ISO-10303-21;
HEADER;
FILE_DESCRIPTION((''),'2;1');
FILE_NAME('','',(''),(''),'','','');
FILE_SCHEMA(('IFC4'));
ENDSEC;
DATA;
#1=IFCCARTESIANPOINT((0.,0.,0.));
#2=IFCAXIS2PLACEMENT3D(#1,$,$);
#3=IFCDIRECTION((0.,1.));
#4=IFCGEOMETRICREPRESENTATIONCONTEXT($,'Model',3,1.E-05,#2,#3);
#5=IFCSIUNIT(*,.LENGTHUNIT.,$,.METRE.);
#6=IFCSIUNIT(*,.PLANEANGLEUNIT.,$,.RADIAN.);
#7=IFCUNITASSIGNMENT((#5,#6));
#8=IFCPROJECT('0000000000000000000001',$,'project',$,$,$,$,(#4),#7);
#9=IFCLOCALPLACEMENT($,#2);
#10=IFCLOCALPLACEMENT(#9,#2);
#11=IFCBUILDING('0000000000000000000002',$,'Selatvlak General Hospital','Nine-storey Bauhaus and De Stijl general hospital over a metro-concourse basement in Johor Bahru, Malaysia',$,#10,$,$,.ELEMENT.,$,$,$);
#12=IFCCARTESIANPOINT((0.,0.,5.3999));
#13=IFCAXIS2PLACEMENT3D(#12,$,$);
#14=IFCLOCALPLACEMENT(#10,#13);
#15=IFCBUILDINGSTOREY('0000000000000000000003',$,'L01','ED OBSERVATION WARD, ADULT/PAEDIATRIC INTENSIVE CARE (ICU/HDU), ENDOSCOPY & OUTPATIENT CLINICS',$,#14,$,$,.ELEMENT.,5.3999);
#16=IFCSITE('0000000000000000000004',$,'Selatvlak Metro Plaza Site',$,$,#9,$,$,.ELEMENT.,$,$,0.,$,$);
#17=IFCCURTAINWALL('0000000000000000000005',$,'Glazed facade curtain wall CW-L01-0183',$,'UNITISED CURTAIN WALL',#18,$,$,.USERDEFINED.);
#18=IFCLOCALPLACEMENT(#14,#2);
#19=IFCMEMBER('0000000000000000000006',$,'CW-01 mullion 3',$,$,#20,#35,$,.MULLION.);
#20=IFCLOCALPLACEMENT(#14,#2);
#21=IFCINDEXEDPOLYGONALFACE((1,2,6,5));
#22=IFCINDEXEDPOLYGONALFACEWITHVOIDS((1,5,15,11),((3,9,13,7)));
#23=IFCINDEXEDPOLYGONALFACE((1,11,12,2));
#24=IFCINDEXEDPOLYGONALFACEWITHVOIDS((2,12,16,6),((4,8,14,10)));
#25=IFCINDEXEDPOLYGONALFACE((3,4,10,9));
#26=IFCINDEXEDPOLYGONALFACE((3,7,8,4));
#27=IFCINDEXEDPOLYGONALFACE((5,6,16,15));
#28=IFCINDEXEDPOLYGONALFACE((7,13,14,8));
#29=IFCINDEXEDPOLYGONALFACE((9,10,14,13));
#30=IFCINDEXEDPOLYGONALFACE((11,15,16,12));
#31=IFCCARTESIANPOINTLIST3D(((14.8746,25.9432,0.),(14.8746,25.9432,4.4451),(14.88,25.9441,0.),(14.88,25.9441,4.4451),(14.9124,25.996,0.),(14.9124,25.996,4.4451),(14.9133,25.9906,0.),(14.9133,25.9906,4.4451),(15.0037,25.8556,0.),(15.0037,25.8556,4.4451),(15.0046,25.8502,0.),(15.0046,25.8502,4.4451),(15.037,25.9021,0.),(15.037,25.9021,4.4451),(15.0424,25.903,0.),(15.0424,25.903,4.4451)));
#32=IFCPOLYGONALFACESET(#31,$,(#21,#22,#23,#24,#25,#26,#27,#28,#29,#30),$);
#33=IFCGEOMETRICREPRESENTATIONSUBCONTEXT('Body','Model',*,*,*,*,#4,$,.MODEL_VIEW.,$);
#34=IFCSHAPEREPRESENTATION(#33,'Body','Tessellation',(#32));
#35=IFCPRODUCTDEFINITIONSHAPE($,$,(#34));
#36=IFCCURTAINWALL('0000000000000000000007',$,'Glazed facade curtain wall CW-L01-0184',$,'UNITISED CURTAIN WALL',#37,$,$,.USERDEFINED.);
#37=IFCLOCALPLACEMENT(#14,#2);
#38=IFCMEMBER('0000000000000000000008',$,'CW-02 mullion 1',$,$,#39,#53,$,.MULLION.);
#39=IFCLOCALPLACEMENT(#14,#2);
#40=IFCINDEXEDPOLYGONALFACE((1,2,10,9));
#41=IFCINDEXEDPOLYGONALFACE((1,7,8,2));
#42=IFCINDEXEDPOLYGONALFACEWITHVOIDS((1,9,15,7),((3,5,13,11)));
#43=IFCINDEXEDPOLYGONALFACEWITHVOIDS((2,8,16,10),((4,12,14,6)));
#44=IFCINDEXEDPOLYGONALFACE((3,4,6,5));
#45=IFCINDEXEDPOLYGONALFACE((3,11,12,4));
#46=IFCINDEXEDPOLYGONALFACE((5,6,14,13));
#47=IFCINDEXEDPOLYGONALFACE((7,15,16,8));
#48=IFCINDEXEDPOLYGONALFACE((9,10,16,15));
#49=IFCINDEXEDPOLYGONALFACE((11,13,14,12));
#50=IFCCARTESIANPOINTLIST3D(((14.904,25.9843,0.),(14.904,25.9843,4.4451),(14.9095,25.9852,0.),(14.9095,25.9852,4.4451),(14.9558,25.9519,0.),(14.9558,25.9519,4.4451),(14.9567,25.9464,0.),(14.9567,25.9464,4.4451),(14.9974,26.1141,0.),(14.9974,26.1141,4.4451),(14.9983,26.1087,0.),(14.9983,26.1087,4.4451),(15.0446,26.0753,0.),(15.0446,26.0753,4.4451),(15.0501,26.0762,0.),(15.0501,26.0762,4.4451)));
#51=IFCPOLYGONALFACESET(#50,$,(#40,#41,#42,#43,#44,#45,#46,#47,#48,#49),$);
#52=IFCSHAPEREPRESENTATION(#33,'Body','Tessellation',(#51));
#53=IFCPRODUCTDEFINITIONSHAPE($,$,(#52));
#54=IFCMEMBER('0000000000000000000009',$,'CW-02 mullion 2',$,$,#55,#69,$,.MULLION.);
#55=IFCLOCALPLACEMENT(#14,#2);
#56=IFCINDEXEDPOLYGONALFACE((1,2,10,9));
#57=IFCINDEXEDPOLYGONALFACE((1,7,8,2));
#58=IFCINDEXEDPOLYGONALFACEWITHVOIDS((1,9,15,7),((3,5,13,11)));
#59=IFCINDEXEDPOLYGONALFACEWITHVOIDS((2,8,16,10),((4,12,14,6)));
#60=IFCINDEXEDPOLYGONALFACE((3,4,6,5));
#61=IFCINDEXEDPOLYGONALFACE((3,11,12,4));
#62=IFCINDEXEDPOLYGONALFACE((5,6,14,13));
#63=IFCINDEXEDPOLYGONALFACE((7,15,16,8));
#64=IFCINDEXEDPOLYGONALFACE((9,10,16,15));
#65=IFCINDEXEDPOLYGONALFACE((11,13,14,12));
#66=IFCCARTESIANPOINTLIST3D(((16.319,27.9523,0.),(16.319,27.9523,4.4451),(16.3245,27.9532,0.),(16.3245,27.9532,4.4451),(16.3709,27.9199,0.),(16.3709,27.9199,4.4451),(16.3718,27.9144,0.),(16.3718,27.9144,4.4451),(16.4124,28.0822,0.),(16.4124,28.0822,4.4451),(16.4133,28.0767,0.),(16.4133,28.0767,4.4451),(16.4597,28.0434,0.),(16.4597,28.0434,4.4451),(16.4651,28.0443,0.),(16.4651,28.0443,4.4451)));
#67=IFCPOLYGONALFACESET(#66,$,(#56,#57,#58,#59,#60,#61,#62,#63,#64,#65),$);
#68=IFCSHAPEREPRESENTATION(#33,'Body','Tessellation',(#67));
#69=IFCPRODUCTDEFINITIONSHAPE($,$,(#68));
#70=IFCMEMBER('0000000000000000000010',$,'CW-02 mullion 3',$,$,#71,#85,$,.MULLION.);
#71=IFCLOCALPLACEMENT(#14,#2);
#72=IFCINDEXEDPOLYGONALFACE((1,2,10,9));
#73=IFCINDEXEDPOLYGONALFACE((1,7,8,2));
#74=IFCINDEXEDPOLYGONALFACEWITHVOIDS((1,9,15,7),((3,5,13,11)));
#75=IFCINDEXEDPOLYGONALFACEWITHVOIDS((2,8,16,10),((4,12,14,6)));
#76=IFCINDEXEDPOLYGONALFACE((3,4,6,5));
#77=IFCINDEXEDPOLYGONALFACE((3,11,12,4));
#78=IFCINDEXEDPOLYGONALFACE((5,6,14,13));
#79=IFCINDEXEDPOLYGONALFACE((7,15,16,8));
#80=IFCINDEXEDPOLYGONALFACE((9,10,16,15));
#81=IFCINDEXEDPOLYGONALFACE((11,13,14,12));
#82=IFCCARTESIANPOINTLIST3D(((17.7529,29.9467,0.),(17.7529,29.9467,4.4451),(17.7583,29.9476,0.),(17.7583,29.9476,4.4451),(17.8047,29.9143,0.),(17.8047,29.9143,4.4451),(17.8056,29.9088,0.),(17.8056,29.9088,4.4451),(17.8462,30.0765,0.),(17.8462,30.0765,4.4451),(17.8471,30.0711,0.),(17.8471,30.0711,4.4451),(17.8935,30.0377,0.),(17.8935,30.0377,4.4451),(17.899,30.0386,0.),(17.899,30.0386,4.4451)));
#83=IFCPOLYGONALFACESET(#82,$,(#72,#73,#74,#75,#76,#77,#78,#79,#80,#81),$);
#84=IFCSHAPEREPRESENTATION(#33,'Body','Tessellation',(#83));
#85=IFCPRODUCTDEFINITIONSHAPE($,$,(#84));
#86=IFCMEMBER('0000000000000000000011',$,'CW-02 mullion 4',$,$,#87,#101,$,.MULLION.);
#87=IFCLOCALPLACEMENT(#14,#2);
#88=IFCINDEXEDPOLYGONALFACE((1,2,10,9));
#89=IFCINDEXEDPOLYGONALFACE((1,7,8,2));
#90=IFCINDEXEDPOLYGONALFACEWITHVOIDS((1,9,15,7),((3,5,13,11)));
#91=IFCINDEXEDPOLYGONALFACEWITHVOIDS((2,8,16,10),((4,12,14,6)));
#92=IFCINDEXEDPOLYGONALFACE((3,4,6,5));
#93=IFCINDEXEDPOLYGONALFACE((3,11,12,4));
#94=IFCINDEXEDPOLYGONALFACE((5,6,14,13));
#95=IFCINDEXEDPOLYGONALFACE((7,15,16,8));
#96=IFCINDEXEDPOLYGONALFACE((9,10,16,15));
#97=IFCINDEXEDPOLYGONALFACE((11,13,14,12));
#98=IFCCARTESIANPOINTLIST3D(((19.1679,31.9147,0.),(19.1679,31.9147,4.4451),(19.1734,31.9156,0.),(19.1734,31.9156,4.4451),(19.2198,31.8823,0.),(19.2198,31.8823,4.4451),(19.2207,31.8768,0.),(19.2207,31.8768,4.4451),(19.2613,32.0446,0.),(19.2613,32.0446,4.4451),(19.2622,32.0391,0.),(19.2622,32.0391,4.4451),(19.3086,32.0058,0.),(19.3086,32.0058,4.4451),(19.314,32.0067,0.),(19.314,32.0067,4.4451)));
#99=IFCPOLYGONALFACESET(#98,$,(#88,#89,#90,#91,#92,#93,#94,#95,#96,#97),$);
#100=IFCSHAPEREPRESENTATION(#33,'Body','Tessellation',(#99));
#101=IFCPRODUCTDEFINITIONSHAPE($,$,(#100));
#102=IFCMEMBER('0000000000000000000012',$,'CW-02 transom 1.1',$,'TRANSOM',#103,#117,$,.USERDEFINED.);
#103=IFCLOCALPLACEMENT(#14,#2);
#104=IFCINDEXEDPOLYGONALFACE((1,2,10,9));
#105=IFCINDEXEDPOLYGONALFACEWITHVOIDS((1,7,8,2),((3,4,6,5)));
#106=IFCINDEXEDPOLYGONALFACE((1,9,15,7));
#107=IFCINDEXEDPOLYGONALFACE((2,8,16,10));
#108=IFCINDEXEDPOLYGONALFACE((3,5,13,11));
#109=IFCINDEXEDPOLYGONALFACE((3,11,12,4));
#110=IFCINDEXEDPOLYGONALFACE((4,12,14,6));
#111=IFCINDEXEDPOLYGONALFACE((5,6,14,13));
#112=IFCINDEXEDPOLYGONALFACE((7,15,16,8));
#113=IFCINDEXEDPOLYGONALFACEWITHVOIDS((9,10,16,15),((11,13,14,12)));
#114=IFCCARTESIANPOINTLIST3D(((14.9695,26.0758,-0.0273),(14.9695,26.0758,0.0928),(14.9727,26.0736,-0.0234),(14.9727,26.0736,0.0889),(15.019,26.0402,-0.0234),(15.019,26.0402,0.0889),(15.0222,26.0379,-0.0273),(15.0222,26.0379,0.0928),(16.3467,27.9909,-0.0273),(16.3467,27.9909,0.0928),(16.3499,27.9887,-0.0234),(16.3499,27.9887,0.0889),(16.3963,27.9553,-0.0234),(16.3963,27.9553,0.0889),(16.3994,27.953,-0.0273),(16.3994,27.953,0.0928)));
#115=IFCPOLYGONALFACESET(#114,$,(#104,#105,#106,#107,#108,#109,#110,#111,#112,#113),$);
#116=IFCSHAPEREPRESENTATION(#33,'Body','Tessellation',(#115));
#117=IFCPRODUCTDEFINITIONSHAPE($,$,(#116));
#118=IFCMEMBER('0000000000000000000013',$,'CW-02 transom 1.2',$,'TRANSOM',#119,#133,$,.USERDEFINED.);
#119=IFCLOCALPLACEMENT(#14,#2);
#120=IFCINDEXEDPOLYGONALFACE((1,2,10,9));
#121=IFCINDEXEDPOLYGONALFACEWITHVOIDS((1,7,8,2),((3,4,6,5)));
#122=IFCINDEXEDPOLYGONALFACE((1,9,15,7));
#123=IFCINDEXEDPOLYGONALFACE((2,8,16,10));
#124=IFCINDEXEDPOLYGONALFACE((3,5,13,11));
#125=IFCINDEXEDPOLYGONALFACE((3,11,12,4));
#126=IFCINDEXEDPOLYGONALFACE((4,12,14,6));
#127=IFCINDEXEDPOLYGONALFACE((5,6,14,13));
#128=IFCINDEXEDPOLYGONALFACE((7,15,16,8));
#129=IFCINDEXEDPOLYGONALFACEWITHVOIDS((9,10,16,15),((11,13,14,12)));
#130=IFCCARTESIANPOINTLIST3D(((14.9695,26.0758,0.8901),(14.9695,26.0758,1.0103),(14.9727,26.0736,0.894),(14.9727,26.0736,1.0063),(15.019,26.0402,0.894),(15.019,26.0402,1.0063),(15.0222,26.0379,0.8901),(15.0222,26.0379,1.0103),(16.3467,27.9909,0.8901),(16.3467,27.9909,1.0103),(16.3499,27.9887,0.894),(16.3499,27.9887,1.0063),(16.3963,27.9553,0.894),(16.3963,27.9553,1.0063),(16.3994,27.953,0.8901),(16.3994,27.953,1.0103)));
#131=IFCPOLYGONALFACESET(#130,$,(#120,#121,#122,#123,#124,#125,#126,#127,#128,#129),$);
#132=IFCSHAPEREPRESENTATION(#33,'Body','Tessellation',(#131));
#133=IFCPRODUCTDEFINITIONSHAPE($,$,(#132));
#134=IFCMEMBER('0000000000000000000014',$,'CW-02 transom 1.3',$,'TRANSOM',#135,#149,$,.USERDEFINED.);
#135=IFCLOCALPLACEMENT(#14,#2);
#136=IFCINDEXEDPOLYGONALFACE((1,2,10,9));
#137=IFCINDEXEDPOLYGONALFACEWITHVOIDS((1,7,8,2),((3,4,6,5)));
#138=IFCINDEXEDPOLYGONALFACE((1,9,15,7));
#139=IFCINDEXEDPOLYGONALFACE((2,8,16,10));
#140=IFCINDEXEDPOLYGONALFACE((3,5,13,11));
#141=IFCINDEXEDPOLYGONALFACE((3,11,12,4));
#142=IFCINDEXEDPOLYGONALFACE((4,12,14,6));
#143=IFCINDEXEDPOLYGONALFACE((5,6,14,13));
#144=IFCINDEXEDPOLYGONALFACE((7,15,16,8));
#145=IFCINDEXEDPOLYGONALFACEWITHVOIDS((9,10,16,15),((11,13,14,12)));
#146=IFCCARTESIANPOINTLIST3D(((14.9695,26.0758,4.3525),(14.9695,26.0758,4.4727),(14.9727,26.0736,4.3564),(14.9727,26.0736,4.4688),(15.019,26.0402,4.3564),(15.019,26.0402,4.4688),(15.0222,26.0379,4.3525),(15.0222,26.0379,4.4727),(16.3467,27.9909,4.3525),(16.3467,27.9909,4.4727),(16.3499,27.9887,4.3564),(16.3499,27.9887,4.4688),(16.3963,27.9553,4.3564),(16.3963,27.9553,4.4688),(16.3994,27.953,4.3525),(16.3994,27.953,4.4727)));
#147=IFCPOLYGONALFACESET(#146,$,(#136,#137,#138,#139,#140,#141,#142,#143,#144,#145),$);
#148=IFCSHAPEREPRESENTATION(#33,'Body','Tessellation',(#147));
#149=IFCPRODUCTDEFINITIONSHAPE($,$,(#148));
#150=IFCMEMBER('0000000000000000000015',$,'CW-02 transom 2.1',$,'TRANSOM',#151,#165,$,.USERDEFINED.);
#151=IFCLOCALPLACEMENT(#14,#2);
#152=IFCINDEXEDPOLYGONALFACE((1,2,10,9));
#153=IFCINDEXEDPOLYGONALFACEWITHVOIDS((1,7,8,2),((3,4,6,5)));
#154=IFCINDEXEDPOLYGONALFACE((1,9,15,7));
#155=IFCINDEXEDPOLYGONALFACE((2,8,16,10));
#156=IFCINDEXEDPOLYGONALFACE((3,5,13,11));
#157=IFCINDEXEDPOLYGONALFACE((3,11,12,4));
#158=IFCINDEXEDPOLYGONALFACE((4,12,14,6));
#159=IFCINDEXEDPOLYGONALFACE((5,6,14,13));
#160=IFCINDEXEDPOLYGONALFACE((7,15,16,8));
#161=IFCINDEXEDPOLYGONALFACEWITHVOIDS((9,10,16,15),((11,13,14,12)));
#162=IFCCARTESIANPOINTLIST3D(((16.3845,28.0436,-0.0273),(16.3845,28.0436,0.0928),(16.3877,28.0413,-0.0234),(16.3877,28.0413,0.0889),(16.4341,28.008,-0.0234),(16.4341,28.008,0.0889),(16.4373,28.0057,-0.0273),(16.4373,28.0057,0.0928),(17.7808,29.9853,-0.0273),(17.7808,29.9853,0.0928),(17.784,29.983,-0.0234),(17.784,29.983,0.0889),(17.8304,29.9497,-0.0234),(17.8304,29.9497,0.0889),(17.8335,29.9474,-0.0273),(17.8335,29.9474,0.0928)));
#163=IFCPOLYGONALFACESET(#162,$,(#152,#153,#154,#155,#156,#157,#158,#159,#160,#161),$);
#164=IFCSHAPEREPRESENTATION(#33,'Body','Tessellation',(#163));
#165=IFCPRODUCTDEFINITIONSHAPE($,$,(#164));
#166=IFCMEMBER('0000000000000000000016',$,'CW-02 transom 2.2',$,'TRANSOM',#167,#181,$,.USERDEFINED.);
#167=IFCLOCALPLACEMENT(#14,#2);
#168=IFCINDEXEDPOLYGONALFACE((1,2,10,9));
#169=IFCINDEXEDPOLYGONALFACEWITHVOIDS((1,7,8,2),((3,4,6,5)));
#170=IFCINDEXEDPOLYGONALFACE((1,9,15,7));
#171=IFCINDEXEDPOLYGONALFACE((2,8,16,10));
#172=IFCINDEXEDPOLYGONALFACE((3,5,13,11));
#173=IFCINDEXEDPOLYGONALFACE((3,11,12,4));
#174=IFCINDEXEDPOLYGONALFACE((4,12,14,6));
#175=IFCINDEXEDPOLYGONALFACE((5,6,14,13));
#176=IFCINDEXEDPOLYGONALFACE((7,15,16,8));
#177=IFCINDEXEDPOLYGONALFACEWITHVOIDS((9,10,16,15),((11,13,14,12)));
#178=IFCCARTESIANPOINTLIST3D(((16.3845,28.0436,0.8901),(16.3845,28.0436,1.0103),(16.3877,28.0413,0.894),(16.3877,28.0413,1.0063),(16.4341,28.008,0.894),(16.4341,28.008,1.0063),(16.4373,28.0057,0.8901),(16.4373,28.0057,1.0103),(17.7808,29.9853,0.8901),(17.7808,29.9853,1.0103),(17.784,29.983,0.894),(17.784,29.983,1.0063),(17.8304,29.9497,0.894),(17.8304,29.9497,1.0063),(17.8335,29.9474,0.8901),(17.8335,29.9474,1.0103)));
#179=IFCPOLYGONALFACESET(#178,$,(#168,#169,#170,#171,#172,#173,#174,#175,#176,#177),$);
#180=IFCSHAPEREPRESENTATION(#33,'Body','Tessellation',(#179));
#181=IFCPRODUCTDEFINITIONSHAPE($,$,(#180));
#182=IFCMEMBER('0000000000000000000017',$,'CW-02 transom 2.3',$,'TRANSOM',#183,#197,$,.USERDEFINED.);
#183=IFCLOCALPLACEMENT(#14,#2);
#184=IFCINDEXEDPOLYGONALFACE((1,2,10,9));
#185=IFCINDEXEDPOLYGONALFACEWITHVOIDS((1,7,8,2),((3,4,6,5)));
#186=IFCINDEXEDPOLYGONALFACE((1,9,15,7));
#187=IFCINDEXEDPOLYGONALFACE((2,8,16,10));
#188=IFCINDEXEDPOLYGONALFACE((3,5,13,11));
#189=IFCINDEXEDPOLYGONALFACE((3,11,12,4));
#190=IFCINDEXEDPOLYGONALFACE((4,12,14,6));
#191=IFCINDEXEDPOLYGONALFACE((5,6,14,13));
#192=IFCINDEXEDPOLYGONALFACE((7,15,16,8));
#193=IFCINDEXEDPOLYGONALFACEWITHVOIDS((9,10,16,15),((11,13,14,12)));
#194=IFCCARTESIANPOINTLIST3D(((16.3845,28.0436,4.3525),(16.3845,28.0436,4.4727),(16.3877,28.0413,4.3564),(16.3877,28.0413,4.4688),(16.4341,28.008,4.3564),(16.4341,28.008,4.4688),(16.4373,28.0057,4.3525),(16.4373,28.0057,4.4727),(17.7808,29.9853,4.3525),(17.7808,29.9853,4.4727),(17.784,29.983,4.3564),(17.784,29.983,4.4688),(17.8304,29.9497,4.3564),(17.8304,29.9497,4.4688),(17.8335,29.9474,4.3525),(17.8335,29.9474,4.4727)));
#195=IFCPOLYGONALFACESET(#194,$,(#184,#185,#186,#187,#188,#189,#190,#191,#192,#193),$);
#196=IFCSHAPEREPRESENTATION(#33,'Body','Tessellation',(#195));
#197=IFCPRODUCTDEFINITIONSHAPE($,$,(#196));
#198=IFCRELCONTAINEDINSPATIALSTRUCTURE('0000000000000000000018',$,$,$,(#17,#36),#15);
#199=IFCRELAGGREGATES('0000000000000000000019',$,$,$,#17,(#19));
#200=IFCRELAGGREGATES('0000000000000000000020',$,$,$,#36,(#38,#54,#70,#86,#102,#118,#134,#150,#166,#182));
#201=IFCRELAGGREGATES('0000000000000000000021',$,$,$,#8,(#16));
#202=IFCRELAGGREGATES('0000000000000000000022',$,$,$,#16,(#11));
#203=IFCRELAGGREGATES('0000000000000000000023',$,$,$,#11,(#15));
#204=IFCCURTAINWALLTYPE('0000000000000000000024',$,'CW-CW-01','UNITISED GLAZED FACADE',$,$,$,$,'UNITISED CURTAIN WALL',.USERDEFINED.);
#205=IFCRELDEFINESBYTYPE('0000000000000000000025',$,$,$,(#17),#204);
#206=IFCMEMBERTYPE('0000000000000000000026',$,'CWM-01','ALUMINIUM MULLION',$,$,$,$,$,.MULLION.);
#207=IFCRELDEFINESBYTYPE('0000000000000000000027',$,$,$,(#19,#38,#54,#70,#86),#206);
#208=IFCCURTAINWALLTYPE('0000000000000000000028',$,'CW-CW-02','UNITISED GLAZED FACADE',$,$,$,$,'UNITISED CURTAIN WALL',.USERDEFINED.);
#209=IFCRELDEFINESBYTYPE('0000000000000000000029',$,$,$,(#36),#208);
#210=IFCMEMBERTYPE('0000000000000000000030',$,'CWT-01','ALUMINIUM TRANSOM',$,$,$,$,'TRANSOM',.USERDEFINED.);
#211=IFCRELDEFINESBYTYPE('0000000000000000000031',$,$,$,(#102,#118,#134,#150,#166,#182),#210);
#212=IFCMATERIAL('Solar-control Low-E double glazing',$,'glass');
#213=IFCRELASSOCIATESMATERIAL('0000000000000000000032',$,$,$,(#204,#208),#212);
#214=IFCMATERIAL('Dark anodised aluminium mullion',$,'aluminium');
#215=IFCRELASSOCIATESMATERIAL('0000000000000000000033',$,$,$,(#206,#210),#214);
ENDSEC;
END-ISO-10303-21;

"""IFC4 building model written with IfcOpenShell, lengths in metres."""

from ifc_helpers import new_model, si_unit, direction, frame, origin, origin_2d, place, context, subcontext, project, spatial, hollow_rectangle, extrude, material, material_profile, profile_set, type_object, element, aggregate, save


model = new_model("IFC4")

# Units and contexts
model_context = context("Model", 3, precision=1e-05, world=origin(), true_north=direction((0.0, 1.0)))
body_context = subcontext(model_context, "Body", "Model", "MODEL_VIEW")
ifc_project = project(units=[si_unit("LENGTHUNIT", "METRE"), si_unit("PLANEANGLEUNIT", "RADIAN")], contexts=[model_context])

# Site, building, storey
site_placement = place(None, origin())
site = spatial("IfcSite", under=ifc_project, at=site_placement, Name="Selatvlak Metro Plaza Site", CompositionType="ELEMENT", RefElevation=0.0)
building_placement = place(site_placement, origin())
building = spatial("IfcBuilding", under=site, at=building_placement, Name="Selatvlak General Hospital", Description="Nine-storey Bauhaus and De Stijl general hospital over a metro-concourse basement in Johor Bahru, Malaysia", CompositionType="ELEMENT")
storey_placement = place(building_placement, frame((0.0, 0.0, 5.3999)))
storey = spatial("IfcBuildingStorey", under=building, at=storey_placement, Name="L01", Description="ED OBSERVATION WARD, ADULT/PAEDIATRIC INTENSIVE CARE (ICU/HDU), ENDOSCOPY & OUTPATIENT CLINICS", CompositionType="ELEMENT", Elevation=5.3999)

# Curtain wall, member
ifc_material_1 = material(Name="Solar-control Low-E double glazing", Category="glass")
curtain_wall_type_1 = type_object("IfcCurtainWallType", Name="CW-CW-01", Description="UNITISED GLAZED FACADE", ElementType="UNITISED CURTAIN WALL", PredefinedType="USERDEFINED", material=ifc_material_1)
curtain_wall_1_placement = place(storey_placement, origin())
curtain_wall_1 = element("IfcCurtainWall", 1, at=curtain_wall_1_placement, inside=storey, type_object=curtain_wall_type_1, Name="Glazed facade curtain wall CW-L01-0183", ObjectType="UNITISED CURTAIN WALL", PredefinedType="USERDEFINED")
ifc_material_2 = material(Name="Dark anodised aluminium mullion", Category="aluminium")
ifc_material_profile_1 = material_profile(ifc_material_2, hollow_rectangle(XDim=0.0649, YDim=0.1599, WallThickness=0.0039, at=origin_2d()), Name="AL-MUL 65x160x4")
ifc_profile_set_1 = profile_set([ifc_material_profile_1], Name="Dark anodised aluminium mullion")
member_type_1 = type_object("IfcMemberType", Name="CWM-01", Description="ALUMINIUM MULLION", PredefinedType="MULLION", material=ifc_profile_set_1)
member_1_placement = place(storey_placement, frame((14.9585, 25.9231, 0.0), z_axis=(0.0, 0.0, 1.0), x_axis=(-0.581803, -0.81333, 0.0)))
member_1 = element("IfcMember", 2, at=member_1_placement, type_object=member_type_1, Name="CW-01 mullion 3", PredefinedType="MULLION", context=body_context, shape_type="SweptSolid", body=[
    extrude(hollow_rectangle(XDim=0.0649, YDim=0.1599, WallThickness=0.0039, at=origin_2d()), origin(), (0.0, 0.0, 1.0), 4.4451),
])

# Curtain wall, members
curtain_wall_type_2 = type_object("IfcCurtainWallType", Name="CW-CW-02", Description="UNITISED GLAZED FACADE", ElementType="UNITISED CURTAIN WALL", PredefinedType="USERDEFINED", material=ifc_material_1)
curtain_wall_2_placement = place(storey_placement, origin())
curtain_wall_2 = element("IfcCurtainWall", 3, at=curtain_wall_2_placement, inside=storey, type_object=curtain_wall_type_2, Name="Glazed facade curtain wall CW-L01-0184", ObjectType="UNITISED CURTAIN WALL", PredefinedType="USERDEFINED")
member_2_placement = place(storey_placement, frame((14.9771, 26.0303, 0.0), z_axis=(0.0, 0.0, 1.0), x_axis=(-0.811905, 0.58379, 0.0)))
member_2 = element("IfcMember", 4, at=member_2_placement, type_object=member_type_1, Name="CW-02 mullion 1", PredefinedType="MULLION", context=body_context, shape_type="SweptSolid", body=[
    extrude(hollow_rectangle(XDim=0.0649, YDim=0.1599, WallThickness=0.0039, at=origin_2d()), origin(), (0.0, 0.0, 1.0), 4.4451),
])
member_3_placement = place(storey_placement, frame((16.3921, 27.9983, 0.0), z_axis=(0.0, 0.0, 1.0), x_axis=(-0.811905, 0.58379, 0.0)))
member_3 = element("IfcMember", 5, at=member_3_placement, type_object=member_type_1, Name="CW-02 mullion 2", PredefinedType="MULLION", context=body_context, shape_type="SweptSolid", body=[
    extrude(hollow_rectangle(XDim=0.0649, YDim=0.1599, WallThickness=0.0039, at=origin_2d()), origin(), (0.0, 0.0, 1.0), 4.4451),
])
member_4_placement = place(storey_placement, frame((17.8259, 29.9927, 0.0), z_axis=(0.0, 0.0, 1.0), x_axis=(-0.811905, 0.58379, 0.0)))
member_4 = element("IfcMember", 6, at=member_4_placement, type_object=member_type_1, Name="CW-02 mullion 3", PredefinedType="MULLION", context=body_context, shape_type="SweptSolid", body=[
    extrude(hollow_rectangle(XDim=0.0649, YDim=0.1599, WallThickness=0.0039, at=origin_2d()), origin(), (0.0, 0.0, 1.0), 4.4451),
])
member_5_placement = place(storey_placement, frame((19.241, 31.9607, 0.0), z_axis=(0.0, 0.0, 1.0), x_axis=(-0.811905, 0.58379, 0.0)))
member_5 = element("IfcMember", 7, at=member_5_placement, type_object=member_type_1, Name="CW-02 mullion 4", PredefinedType="MULLION", context=body_context, shape_type="SweptSolid", body=[
    extrude(hollow_rectangle(XDim=0.0649, YDim=0.1599, WallThickness=0.0039, at=origin_2d()), origin(), (0.0, 0.0, 1.0), 4.4451),
])
ifc_material_profile_2 = material_profile(ifc_material_2, hollow_rectangle(XDim=0.0649, YDim=0.1201, WallThickness=0.0039, at=origin_2d()), Name="AL-TRN 65x120x4")
ifc_profile_set_2 = profile_set([ifc_material_profile_2], Name="Dark anodised aluminium mullion")
member_type_2 = type_object("IfcMemberType", Name="CWT-01", Description="ALUMINIUM TRANSOM", ElementType="TRANSOM", PredefinedType="USERDEFINED", material=ifc_profile_set_2)
member_6_placement = place(storey_placement, frame((14.9958, 26.0569, 0.0327), z_axis=(0.583849, 0.811862, 0.0), x_axis=(-0.811862, 0.583849, 0.0)))
member_6 = element("IfcMember", 8, at=member_6_placement, type_object=member_type_2, Name="CW-02 transom 1.1", ObjectType="TRANSOM", PredefinedType="USERDEFINED", context=body_context, shape_type="SweptSolid", body=[
    extrude(hollow_rectangle(XDim=0.0649, YDim=0.1201, WallThickness=0.0039, at=origin_2d()), origin(), (0.0, 0.0, 1.0), 2.3589),
])
member_7_placement = place(storey_placement, frame((14.9958, 26.0569, 0.9502), z_axis=(0.583849, 0.811862, 0.0), x_axis=(-0.811862, 0.583849, 0.0)))
member_7 = element("IfcMember", 9, at=member_7_placement, type_object=member_type_2, Name="CW-02 transom 1.2", ObjectType="TRANSOM", PredefinedType="USERDEFINED", context=body_context, shape_type="SweptSolid", body=[
    extrude(hollow_rectangle(XDim=0.0649, YDim=0.1201, WallThickness=0.0039, at=origin_2d()), origin(), (0.0, 0.0, 1.0), 2.3589),
])
member_8_placement = place(storey_placement, frame((14.9958, 26.0569, 4.4126), z_axis=(0.583849, 0.811862, 0.0), x_axis=(-0.811862, 0.583849, 0.0)))
member_8 = element("IfcMember", 10, at=member_8_placement, type_object=member_type_2, Name="CW-02 transom 1.3", ObjectType="TRANSOM", PredefinedType="USERDEFINED", context=body_context, shape_type="SweptSolid", body=[
    extrude(hollow_rectangle(XDim=0.0649, YDim=0.1201, WallThickness=0.0039, at=origin_2d()), origin(), (0.0, 0.0, 1.0), 2.3589),
])
member_9_placement = place(storey_placement, frame((16.4109, 28.0247, 0.0327), z_axis=(0.583823, 0.811881, 0.0), x_axis=(-0.811881, 0.583823, 0.0)))
member_9 = element("IfcMember", 11, at=member_9_placement, type_object=member_type_2, Name="CW-02 transom 2.1", ObjectType="TRANSOM", PredefinedType="USERDEFINED", context=body_context, shape_type="SweptSolid", body=[
    extrude(hollow_rectangle(XDim=0.0649, YDim=0.1201, WallThickness=0.0039, at=origin_2d()), origin(), (0.0, 0.0, 1.0), 2.3916),
])
member_10_placement = place(storey_placement, frame((16.4109, 28.0247, 0.9502), z_axis=(0.583823, 0.811881, 0.0), x_axis=(-0.811881, 0.583823, 0.0)))
member_10 = element("IfcMember", 12, at=member_10_placement, type_object=member_type_2, Name="CW-02 transom 2.2", ObjectType="TRANSOM", PredefinedType="USERDEFINED", context=body_context, shape_type="SweptSolid", body=[
    extrude(hollow_rectangle(XDim=0.0649, YDim=0.1201, WallThickness=0.0039, at=origin_2d()), origin(), (0.0, 0.0, 1.0), 2.3916),
])
member_11_placement = place(storey_placement, frame((16.4109, 28.0247, 4.4126), z_axis=(0.583823, 0.811881, 0.0), x_axis=(-0.811881, 0.583823, 0.0)))
member_11 = element("IfcMember", 13, at=member_11_placement, type_object=member_type_2, Name="CW-02 transom 2.3", ObjectType="TRANSOM", PredefinedType="USERDEFINED", context=body_context, shape_type="SweptSolid", body=[
    extrude(hollow_rectangle(XDim=0.0649, YDim=0.1201, WallThickness=0.0039, at=origin_2d()), origin(), (0.0, 0.0, 1.0), 2.3916),
])

aggregate(curtain_wall_1, [member_1])
aggregate(curtain_wall_2, [member_2, member_3, member_4, member_5, member_6, member_7, member_8, member_9, member_10, member_11])

save(model, "model.ifc")
